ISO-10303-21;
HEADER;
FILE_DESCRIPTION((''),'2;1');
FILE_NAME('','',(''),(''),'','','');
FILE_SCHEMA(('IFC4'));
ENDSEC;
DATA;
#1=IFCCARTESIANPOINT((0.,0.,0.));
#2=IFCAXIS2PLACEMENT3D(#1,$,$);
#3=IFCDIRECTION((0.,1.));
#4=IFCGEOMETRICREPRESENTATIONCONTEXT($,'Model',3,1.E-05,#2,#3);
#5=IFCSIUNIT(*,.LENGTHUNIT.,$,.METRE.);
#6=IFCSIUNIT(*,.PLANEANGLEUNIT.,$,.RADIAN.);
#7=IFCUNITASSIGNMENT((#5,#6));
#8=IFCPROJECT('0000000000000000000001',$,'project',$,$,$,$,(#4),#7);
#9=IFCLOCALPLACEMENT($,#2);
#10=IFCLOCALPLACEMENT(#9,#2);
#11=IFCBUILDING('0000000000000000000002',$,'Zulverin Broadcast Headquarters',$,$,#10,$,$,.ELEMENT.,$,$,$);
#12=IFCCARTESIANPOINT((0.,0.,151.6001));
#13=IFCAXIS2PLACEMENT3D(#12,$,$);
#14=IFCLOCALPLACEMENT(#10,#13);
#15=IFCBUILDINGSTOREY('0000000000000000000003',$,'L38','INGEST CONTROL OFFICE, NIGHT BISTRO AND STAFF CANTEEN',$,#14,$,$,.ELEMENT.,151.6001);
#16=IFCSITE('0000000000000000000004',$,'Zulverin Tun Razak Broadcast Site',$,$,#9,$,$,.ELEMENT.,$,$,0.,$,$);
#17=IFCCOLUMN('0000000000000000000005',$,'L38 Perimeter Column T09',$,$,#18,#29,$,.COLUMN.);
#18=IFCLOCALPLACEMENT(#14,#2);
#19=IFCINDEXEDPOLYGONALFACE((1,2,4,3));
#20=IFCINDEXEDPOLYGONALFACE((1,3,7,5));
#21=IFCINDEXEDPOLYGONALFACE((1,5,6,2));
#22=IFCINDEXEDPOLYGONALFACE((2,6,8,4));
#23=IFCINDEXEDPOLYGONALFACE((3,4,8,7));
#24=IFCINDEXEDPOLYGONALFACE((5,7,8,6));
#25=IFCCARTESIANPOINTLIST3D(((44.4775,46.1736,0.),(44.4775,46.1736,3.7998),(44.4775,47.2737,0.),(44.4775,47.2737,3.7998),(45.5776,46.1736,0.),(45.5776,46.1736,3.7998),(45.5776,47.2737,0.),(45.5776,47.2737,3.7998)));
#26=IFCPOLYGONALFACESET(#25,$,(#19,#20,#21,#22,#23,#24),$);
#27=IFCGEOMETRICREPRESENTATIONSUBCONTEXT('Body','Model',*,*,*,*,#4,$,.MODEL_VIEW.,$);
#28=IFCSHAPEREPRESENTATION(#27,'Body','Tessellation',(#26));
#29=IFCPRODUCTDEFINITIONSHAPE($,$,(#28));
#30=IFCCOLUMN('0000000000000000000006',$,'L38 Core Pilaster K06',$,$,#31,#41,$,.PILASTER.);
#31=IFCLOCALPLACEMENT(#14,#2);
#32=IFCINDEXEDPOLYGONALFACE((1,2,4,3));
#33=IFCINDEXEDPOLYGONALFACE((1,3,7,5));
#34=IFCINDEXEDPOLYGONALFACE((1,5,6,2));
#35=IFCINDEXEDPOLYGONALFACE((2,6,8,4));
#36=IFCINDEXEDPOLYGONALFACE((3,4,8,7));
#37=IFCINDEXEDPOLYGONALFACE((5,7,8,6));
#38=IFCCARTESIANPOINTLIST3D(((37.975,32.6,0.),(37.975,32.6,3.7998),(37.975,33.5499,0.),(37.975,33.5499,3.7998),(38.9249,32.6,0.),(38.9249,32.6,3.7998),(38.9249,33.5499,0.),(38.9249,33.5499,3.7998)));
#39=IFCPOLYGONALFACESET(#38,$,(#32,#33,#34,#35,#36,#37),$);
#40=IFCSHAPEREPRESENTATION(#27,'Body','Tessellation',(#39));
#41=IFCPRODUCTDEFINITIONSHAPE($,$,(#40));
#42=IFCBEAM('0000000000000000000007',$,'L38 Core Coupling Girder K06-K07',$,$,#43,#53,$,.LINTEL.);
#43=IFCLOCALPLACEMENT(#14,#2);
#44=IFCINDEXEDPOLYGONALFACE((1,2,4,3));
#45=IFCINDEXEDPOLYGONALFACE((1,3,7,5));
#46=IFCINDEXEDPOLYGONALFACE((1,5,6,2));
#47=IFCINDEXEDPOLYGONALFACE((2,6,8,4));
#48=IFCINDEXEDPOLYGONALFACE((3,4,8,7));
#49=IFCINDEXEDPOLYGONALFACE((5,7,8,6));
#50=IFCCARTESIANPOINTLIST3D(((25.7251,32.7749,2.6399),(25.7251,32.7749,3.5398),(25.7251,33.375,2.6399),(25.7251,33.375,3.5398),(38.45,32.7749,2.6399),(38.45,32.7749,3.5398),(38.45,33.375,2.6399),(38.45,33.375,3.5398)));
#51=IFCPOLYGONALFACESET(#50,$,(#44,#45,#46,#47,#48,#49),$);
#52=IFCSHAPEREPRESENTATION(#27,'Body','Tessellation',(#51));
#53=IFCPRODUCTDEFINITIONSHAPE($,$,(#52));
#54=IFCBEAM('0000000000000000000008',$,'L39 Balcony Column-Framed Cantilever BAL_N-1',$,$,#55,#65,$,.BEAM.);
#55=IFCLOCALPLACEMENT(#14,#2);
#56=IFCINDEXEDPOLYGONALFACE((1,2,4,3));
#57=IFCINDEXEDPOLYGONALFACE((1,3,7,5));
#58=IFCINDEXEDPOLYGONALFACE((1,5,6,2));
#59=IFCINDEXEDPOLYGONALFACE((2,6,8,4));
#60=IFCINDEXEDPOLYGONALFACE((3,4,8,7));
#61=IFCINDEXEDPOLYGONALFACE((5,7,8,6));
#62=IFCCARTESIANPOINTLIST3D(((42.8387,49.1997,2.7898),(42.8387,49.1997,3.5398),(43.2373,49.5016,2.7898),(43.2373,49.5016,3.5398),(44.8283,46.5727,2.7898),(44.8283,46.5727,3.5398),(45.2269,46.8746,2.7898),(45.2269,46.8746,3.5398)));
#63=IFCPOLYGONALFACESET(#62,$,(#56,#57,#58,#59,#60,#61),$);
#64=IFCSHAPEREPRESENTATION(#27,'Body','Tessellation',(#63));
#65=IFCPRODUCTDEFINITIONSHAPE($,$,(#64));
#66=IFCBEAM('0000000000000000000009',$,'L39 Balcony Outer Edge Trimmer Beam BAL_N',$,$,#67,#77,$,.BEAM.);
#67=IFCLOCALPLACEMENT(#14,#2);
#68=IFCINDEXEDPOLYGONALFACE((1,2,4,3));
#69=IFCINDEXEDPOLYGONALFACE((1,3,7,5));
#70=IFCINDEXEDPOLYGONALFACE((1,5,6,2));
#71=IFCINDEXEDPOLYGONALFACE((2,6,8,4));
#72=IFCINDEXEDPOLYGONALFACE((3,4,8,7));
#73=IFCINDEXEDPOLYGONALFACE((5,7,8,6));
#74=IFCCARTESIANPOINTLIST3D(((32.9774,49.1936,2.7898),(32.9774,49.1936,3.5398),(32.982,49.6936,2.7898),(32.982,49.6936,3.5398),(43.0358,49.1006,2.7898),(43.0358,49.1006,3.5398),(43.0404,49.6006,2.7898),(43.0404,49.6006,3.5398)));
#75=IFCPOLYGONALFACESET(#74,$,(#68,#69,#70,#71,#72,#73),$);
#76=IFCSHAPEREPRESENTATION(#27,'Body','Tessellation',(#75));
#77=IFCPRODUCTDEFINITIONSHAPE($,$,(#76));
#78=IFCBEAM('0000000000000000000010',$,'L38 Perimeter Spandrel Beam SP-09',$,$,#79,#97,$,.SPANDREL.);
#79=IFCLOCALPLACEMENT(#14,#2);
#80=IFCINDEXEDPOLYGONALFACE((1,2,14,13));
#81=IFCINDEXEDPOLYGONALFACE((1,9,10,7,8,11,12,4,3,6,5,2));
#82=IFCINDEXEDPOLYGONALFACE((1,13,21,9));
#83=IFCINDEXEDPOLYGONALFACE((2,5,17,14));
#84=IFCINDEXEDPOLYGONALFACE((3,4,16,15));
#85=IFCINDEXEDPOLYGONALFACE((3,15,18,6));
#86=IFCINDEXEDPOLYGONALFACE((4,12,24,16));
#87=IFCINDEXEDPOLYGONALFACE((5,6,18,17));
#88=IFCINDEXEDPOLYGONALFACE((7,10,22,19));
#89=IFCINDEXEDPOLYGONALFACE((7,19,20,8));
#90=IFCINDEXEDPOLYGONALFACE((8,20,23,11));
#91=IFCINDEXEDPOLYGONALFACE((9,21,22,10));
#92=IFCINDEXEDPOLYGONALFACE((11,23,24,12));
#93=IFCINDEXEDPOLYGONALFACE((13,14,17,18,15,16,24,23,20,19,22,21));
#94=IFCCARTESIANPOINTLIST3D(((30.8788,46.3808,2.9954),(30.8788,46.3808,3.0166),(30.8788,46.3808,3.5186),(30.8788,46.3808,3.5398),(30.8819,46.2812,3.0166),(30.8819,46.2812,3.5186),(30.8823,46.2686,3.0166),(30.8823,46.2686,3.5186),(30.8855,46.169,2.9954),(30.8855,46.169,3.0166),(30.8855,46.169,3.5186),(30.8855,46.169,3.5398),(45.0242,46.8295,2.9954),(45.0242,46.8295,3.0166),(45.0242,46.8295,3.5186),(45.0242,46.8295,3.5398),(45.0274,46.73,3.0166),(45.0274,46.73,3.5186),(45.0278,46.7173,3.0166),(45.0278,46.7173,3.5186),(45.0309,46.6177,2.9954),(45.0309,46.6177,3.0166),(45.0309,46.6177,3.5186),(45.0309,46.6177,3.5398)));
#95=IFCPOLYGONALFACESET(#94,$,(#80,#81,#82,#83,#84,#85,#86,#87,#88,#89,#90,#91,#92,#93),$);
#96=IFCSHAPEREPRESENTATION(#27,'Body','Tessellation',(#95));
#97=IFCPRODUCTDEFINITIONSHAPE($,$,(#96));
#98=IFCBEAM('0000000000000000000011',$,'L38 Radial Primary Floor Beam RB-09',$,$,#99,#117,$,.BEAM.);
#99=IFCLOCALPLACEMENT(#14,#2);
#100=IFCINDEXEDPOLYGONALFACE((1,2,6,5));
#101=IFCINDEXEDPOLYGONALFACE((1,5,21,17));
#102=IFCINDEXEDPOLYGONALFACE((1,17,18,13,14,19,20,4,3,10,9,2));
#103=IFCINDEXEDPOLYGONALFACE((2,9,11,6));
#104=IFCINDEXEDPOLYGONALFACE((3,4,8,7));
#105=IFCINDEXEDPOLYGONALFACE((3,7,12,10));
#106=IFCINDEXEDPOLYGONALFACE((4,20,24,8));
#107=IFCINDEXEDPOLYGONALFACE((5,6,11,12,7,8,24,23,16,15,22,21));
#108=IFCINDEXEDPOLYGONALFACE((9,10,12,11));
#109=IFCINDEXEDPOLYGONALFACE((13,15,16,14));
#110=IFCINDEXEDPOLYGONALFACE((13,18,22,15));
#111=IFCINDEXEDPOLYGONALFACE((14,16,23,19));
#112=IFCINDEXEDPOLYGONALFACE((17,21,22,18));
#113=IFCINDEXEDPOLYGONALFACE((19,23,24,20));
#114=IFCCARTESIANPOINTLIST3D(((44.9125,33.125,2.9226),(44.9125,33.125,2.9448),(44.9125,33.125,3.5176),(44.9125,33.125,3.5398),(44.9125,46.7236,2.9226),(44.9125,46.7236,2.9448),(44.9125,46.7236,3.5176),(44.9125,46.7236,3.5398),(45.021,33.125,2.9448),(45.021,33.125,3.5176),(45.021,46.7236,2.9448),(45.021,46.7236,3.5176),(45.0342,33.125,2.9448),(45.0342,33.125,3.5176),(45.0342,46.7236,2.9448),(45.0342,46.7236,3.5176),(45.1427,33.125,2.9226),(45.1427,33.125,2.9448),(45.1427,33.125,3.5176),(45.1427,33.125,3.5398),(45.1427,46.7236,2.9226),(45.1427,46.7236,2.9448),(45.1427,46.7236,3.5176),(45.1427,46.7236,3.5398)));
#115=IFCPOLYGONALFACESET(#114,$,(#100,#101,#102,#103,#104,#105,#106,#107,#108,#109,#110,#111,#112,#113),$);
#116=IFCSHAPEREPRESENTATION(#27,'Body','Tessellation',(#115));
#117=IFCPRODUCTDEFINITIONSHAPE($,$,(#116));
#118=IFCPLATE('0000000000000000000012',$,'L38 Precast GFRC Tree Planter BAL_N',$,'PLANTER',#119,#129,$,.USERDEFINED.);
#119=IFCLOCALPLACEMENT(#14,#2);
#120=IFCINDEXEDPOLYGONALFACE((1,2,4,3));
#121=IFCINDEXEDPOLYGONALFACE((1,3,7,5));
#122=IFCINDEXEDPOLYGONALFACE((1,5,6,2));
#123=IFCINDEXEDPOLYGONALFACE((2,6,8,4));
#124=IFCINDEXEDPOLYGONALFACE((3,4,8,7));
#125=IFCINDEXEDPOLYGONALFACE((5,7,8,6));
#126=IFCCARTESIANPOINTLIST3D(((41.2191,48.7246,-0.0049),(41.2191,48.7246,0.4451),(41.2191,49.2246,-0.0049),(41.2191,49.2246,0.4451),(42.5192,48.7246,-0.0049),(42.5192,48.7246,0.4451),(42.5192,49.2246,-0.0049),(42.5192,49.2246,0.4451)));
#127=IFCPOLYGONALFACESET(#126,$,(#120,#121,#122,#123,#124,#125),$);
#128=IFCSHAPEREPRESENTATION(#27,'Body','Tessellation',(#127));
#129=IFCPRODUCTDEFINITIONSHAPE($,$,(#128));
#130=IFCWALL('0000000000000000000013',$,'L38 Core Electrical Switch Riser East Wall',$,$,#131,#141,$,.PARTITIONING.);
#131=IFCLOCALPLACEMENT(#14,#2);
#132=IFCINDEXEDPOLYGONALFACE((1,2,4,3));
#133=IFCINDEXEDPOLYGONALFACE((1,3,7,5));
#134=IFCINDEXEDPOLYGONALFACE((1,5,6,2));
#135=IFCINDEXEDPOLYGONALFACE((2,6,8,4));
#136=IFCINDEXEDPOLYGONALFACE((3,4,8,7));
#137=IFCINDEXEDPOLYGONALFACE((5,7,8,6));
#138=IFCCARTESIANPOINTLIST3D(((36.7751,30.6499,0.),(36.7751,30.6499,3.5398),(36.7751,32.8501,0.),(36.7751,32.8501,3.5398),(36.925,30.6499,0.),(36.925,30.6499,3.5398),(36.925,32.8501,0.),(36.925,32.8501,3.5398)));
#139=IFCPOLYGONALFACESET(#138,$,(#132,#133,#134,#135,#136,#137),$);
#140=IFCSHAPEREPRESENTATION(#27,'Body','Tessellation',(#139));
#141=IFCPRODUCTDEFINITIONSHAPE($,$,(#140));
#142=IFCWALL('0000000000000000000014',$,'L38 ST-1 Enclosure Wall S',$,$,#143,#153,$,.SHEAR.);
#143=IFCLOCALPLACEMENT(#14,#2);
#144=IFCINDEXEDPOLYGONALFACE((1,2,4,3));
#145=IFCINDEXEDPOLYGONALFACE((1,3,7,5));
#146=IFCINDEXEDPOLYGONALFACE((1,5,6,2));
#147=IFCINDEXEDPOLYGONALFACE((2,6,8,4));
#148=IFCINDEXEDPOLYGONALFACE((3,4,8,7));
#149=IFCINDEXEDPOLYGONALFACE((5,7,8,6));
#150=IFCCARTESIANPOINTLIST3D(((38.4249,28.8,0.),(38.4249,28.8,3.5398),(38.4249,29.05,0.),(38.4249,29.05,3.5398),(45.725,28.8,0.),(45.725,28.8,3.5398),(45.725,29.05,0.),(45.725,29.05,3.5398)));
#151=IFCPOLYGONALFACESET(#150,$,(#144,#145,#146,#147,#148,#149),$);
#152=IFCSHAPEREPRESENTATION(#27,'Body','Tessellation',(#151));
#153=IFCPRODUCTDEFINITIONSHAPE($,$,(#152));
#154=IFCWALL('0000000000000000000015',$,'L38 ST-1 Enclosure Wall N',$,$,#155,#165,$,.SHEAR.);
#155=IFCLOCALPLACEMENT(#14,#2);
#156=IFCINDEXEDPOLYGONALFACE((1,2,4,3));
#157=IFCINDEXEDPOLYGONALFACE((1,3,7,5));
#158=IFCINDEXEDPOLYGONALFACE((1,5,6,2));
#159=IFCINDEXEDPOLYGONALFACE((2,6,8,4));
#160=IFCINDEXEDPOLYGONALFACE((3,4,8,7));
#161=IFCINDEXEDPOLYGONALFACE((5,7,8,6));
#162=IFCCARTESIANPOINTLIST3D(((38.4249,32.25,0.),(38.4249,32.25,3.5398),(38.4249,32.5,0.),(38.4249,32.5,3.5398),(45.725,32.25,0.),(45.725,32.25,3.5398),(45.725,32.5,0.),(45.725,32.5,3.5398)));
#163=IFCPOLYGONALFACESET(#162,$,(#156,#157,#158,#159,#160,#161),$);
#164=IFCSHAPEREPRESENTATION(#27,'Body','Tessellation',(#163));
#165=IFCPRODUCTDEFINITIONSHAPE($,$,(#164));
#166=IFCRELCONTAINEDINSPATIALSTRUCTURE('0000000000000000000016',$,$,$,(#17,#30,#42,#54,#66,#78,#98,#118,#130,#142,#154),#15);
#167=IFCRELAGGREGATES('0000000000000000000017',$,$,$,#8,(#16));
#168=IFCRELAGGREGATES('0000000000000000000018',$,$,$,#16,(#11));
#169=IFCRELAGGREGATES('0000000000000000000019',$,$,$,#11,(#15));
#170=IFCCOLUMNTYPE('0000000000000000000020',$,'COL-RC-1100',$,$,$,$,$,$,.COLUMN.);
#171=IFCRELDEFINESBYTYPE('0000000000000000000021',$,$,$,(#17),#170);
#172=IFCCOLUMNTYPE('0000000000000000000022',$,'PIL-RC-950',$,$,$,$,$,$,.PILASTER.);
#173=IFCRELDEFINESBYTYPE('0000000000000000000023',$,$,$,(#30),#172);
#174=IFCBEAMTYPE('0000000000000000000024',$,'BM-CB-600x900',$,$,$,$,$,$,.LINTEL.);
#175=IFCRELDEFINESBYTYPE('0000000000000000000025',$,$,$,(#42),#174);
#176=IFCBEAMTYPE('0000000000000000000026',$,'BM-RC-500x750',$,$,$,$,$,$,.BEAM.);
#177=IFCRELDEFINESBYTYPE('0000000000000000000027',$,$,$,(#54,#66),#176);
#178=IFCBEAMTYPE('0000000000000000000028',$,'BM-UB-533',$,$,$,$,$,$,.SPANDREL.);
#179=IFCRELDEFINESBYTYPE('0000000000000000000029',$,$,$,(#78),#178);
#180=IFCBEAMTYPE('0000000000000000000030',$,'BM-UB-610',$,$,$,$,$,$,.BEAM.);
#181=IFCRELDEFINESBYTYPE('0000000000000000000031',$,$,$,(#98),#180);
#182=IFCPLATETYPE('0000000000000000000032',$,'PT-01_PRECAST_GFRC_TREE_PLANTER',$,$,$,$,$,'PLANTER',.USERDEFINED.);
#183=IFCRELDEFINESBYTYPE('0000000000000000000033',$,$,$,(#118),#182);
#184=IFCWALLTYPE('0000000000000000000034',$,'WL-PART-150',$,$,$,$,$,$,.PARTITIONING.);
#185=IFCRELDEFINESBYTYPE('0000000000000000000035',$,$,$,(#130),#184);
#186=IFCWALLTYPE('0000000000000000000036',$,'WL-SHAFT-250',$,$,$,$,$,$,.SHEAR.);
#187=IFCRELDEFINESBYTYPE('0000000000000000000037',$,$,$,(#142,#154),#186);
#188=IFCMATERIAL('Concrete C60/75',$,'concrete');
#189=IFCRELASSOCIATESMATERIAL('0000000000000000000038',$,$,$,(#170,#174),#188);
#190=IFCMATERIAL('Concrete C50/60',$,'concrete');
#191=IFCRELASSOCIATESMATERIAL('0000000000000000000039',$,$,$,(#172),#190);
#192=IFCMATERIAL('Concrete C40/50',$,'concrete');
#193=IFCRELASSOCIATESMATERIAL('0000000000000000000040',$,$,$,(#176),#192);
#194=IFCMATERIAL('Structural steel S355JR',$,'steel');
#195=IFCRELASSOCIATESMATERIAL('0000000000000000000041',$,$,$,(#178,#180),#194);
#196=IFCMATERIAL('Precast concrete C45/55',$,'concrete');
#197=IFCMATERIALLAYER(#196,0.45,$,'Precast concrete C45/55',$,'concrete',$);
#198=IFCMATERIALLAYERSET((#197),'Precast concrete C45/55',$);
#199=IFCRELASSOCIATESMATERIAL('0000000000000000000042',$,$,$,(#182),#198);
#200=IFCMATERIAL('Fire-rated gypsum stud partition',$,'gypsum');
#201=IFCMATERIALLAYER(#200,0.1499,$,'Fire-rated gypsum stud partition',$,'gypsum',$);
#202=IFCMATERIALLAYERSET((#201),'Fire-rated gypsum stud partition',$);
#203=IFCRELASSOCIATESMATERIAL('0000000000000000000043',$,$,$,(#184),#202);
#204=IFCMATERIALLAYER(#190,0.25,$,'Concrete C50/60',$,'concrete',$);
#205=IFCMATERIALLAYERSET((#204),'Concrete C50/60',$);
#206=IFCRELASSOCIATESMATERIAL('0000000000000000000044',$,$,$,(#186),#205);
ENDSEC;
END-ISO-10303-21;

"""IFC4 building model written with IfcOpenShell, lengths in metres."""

from ifc_helpers import new_model, si_unit, direction, frame, frame_2d, origin, origin_2d, place, context, subcontext, project, spatial, rectangle, i_section, extrude, material, layer, layer_set, material_profile, profile_set, type_object, element, save


model = new_model("IFC4")

# Units and contexts
model_context = context("Model", 3, precision=1e-05, world=origin(), true_north=direction((0.0, 1.0)))
body_context = subcontext(model_context, "Body", "Model", "MODEL_VIEW")
ifc_project = project(units=[si_unit("LENGTHUNIT", "METRE"), si_unit("PLANEANGLEUNIT", "RADIAN")], contexts=[model_context])

# Site, building, storey
site_placement = place(None, origin())
site = spatial("IfcSite", under=ifc_project, at=site_placement, Name="Zulverin Tun Razak Broadcast Site", CompositionType="ELEMENT", RefElevation=0.0)
building_placement = place(site_placement, origin())
building = spatial("IfcBuilding", under=site, at=building_placement, Name="Zulverin Broadcast Headquarters", CompositionType="ELEMENT")
storey_placement = place(building_placement, frame((0.0, 0.0, 151.6001)))
storey = spatial("IfcBuildingStorey", under=building, at=storey_placement, Name="L38", Description="INGEST CONTROL OFFICE, NIGHT BISTRO AND STAFF CANTEEN", CompositionType="ELEMENT", Elevation=151.6001)

# Columns
ifc_material_1 = material(Name="Concrete C60/75", Category="concrete")
ifc_material_profile_1 = material_profile(ifc_material_1, rectangle(XDim=1.1001, YDim=1.1001, at=origin_2d()), Name="Concrete C60/75", Category="concrete")
ifc_profile_set_1 = profile_set([ifc_material_profile_1], Name="Concrete C60/75")
column_type_1 = type_object("IfcColumnType", Name="COL-RC-1100", PredefinedType="COLUMN", material=ifc_profile_set_1)
column_1_placement = place(storey_placement, frame((45.0276, 46.7236, 0.0), z_axis=(0.0, 0.0, 1.0), x_axis=(1.0, 0.0, 0.0)))
element("IfcColumn", 1, at=column_1_placement, inside=storey, type_object=column_type_1, Name="L38 Perimeter Column T09", PredefinedType="COLUMN", context=body_context, shape_type="SweptSolid", body=[
    extrude(rectangle(XDim=1.1001, YDim=1.1001, at=origin_2d()), origin(), (0.0, 0.0, 1.0), 3.7998),
])
ifc_material_2 = material(Name="Concrete C50/60", Category="concrete")
ifc_material_profile_2 = material_profile(ifc_material_2, rectangle(XDim=0.95, YDim=0.95, at=origin_2d()), Name="Concrete C50/60", Category="concrete")
ifc_profile_set_2 = profile_set([ifc_material_profile_2], Name="Concrete C50/60")
column_type_2 = type_object("IfcColumnType", Name="PIL-RC-950", PredefinedType="PILASTER", material=ifc_profile_set_2)
column_2_placement = place(storey_placement, frame((38.45, 33.075, 0.0), z_axis=(0.0, 0.0, 1.0), x_axis=(1.0, 0.0, 0.0)))
element("IfcColumn", 2, at=column_2_placement, inside=storey, type_object=column_type_2, Name="L38 Core Pilaster K06", PredefinedType="PILASTER", context=body_context, shape_type="SweptSolid", body=[
    extrude(rectangle(XDim=0.95, YDim=0.95, at=origin_2d()), origin(), (0.0, 0.0, 1.0), 3.7998),
])

# Beams
ifc_material_profile_3 = material_profile(ifc_material_1, rectangle(XDim=0.6001, YDim=0.8999, at=origin_2d()), Name="Concrete C60/75", Category="concrete")
ifc_profile_set_3 = profile_set([ifc_material_profile_3], Name="Concrete C60/75")
beam_type_1 = type_object("IfcBeamType", Name="BM-CB-600x900", PredefinedType="LINTEL", material=ifc_profile_set_3)
beam_1_placement = place(storey_placement, frame((38.45, 33.075, 3.0898), z_axis=(-1.0, 0.0, 0.0), x_axis=(0.0, -1.0, 0.0)))
element("IfcBeam", 3, at=beam_1_placement, inside=storey, type_object=beam_type_1, Name="L38 Core Coupling Girder K06-K07", PredefinedType="LINTEL", context=body_context, shape_type="SweptSolid", body=[
    extrude(rectangle(XDim=0.6001, YDim=0.8999, at=origin_2d()), origin(), (0.0, 0.0, 1.0), 12.7249),
])
ifc_material_3 = material(Name="Concrete C40/50", Category="concrete")
ifc_material_profile_4 = material_profile(ifc_material_3, rectangle(XDim=0.5, YDim=0.75, at=origin_2d()), Name="Concrete C40/50", Category="concrete")
ifc_profile_set_4 = profile_set([ifc_material_profile_4], Name="Concrete C40/50")
beam_type_2 = type_object("IfcBeamType", Name="BM-RC-500x750", PredefinedType="BEAM", material=ifc_profile_set_4)
beam_2_placement = place(storey_placement, frame((45.0276, 46.7236, 3.1648), z_axis=(-0.603739, 0.797182, 0.0), x_axis=(-0.797182, -0.603739, 0.0)))
element("IfcBeam", 4, at=beam_2_placement, inside=storey, type_object=beam_type_2, Name="L39 Balcony Column-Framed Cantilever BAL_N-1", PredefinedType="BEAM", context=body_context, shape_type="SweptSolid", body=[
    extrude(rectangle(XDim=0.5, YDim=0.75, at=origin_2d()), origin(), (0.0, 0.0, 1.0), 3.2954),
])
beam_3_placement = place(storey_placement, frame((43.0381, 49.3506, 3.1648), z_axis=(-0.999957, 0.009247, 0.0), x_axis=(-0.009247, -0.999957, 0.0)))
element("IfcBeam", 5, at=beam_3_placement, inside=storey, type_object=beam_type_2, Name="L39 Balcony Outer Edge Trimmer Beam BAL_N", PredefinedType="BEAM", context=body_context, shape_type="SweptSolid", body=[
    extrude(rectangle(XDim=0.5, YDim=0.75, at=origin_2d()), origin(), (0.0, 0.0, 1.0), 10.0588),
])
ifc_material_4 = material(Name="Structural steel S355JR", Category="steel")
ifc_material_profile_5 = material_profile(ifc_material_4, i_section(OverallWidth=0.2119, OverallDepth=0.5444, WebThickness=0.0127, FlangeThickness=0.0212, at=origin_2d()), Name="Structural steel S355JR", Category="steel")
ifc_profile_set_5 = profile_set([ifc_material_profile_5], Name="Structural steel S355JR")
beam_type_3 = type_object("IfcBeamType", Name="BM-UB-533", PredefinedType="SPANDREL", material=ifc_profile_set_5)
beam_4_placement = place(storey_placement, frame((45.0276, 46.7236, 3.2676), z_axis=(-0.999497, -0.031707, 0.0), x_axis=(0.031707, -0.999497, 0.0)))
element("IfcBeam", 6, at=beam_4_placement, inside=storey, type_object=beam_type_3, Name="L38 Perimeter Spandrel Beam SP-09", PredefinedType="SPANDREL", context=body_context, shape_type="SweptSolid", body=[
    extrude(i_section(OverallWidth=0.2119, OverallDepth=0.5444, WebThickness=0.0127, FlangeThickness=0.0212, at=origin_2d()), origin(), (0.0, 0.0, 1.0), 14.1526),
])
ifc_material_profile_6 = material_profile(ifc_material_4, i_section(OverallWidth=0.2302, OverallDepth=0.6172, WebThickness=0.0132, FlangeThickness=0.0222, at=origin_2d()), Name="Structural steel S355JR", Category="steel")
ifc_profile_set_6 = profile_set([ifc_material_profile_6], Name="Structural steel S355JR")
beam_type_4 = type_object("IfcBeamType", Name="BM-UB-610", PredefinedType="BEAM", material=ifc_profile_set_6)
beam_5_placement = place(storey_placement, frame((45.0276, 33.125, 3.2312), z_axis=(0.0, 1.0, 0.0), x_axis=(-1.0, 0.0, 0.0)))
element("IfcBeam", 7, at=beam_5_placement, inside=storey, type_object=beam_type_4, Name="L38 Radial Primary Floor Beam RB-09", PredefinedType="BEAM", context=body_context, shape_type="SweptSolid", body=[
    extrude(i_section(OverallWidth=0.2302, OverallDepth=0.6172, WebThickness=0.0132, FlangeThickness=0.0222, at=origin_2d()), origin(), (0.0, 0.0, 1.0), 13.5986),
])

# Plate
ifc_material_5 = material(Name="Precast concrete C45/55", Category="concrete")
ifc_layer_1 = layer(ifc_material_5, 0.45, Name="Precast concrete C45/55", Category="concrete")
ifc_layer_set_1 = layer_set([ifc_layer_1], Name="Precast concrete C45/55")
plate_type = type_object("IfcPlateType", Name="PT-01_PRECAST_GFRC_TREE_PLANTER", ElementType="PLANTER", PredefinedType="USERDEFINED", material=ifc_layer_set_1)
plate_placement = place(storey_placement, frame((41.8691, 48.9746, -0.0049), z_axis=(0.0, 0.0, 1.0), x_axis=(1.0, 0.0, 0.0)))
element("IfcPlate", 8, at=plate_placement, inside=storey, type_object=plate_type, Name="L38 Precast GFRC Tree Planter BAL_N", ObjectType="PLANTER", PredefinedType="USERDEFINED", context=body_context, shape_type="SweptSolid", body=[
    extrude(rectangle(XDim=1.3, YDim=0.5, at=origin_2d()), origin(), (0.0, 0.0, 1.0), 0.45),
])

# Walls
ifc_material_6 = material(Name="Fire-rated gypsum stud partition", Category="gypsum")
ifc_layer_2 = layer(ifc_material_6, 0.1499, Name="Fire-rated gypsum stud partition", Category="gypsum")
ifc_layer_set_2 = layer_set([ifc_layer_2], Name="Fire-rated gypsum stud partition")
wall_type_1 = type_object("IfcWallType", Name="WL-PART-150", PredefinedType="PARTITIONING", material=ifc_layer_set_2)
wall_1_placement = place(storey_placement, frame((36.8501, 30.6499, 0.0), z_axis=(0.0, 0.0, 1.0), x_axis=(0.0, 1.0, 0.0)))
element("IfcWall", 9, at=wall_1_placement, inside=storey, type_object=wall_type_1, Name="L38 Core Electrical Switch Riser East Wall", PredefinedType="PARTITIONING", context=body_context, shape_type="SweptSolid", body=[
    extrude(rectangle(XDim=2.2002, YDim=0.1499, at=frame_2d((1.1001, 0.0))), origin(), (0.0, 0.0, 1.0), 3.5398),
])
ifc_layer_3 = layer(ifc_material_2, 0.25, Name="Concrete C50/60", Category="concrete")
ifc_layer_set_3 = layer_set([ifc_layer_3], Name="Concrete C50/60")
wall_type_2 = type_object("IfcWallType", Name="WL-SHAFT-250", PredefinedType="SHEAR", material=ifc_layer_set_3)
for number, where, z_axis, x_axis, name in (
    (10, (38.425, 28.925, 0.0), (0.0, 0.0, 1.0), (1.0, 0.0, 0.0), "L38 ST-1 Enclosure Wall S"),
    (11, (38.425, 32.375, 0.0), (0.0, 0.0, 1.0), (1.0, 0.0, 0.0), "L38 ST-1 Enclosure Wall N"),
):
    element("IfcWall", number, at=place(storey_placement, frame(where, z_axis=z_axis, x_axis=x_axis)), inside=storey, type_object=wall_type_2, Name=name, PredefinedType="SHEAR", context=body_context, shape_type="SweptSolid", body=[
        extrude(rectangle(XDim=7.3, YDim=0.25, at=frame_2d((3.6499, 0.0))), origin(), (0.0, 0.0, 1.0), 3.5398),
    ])

save(model, "model.ifc")
